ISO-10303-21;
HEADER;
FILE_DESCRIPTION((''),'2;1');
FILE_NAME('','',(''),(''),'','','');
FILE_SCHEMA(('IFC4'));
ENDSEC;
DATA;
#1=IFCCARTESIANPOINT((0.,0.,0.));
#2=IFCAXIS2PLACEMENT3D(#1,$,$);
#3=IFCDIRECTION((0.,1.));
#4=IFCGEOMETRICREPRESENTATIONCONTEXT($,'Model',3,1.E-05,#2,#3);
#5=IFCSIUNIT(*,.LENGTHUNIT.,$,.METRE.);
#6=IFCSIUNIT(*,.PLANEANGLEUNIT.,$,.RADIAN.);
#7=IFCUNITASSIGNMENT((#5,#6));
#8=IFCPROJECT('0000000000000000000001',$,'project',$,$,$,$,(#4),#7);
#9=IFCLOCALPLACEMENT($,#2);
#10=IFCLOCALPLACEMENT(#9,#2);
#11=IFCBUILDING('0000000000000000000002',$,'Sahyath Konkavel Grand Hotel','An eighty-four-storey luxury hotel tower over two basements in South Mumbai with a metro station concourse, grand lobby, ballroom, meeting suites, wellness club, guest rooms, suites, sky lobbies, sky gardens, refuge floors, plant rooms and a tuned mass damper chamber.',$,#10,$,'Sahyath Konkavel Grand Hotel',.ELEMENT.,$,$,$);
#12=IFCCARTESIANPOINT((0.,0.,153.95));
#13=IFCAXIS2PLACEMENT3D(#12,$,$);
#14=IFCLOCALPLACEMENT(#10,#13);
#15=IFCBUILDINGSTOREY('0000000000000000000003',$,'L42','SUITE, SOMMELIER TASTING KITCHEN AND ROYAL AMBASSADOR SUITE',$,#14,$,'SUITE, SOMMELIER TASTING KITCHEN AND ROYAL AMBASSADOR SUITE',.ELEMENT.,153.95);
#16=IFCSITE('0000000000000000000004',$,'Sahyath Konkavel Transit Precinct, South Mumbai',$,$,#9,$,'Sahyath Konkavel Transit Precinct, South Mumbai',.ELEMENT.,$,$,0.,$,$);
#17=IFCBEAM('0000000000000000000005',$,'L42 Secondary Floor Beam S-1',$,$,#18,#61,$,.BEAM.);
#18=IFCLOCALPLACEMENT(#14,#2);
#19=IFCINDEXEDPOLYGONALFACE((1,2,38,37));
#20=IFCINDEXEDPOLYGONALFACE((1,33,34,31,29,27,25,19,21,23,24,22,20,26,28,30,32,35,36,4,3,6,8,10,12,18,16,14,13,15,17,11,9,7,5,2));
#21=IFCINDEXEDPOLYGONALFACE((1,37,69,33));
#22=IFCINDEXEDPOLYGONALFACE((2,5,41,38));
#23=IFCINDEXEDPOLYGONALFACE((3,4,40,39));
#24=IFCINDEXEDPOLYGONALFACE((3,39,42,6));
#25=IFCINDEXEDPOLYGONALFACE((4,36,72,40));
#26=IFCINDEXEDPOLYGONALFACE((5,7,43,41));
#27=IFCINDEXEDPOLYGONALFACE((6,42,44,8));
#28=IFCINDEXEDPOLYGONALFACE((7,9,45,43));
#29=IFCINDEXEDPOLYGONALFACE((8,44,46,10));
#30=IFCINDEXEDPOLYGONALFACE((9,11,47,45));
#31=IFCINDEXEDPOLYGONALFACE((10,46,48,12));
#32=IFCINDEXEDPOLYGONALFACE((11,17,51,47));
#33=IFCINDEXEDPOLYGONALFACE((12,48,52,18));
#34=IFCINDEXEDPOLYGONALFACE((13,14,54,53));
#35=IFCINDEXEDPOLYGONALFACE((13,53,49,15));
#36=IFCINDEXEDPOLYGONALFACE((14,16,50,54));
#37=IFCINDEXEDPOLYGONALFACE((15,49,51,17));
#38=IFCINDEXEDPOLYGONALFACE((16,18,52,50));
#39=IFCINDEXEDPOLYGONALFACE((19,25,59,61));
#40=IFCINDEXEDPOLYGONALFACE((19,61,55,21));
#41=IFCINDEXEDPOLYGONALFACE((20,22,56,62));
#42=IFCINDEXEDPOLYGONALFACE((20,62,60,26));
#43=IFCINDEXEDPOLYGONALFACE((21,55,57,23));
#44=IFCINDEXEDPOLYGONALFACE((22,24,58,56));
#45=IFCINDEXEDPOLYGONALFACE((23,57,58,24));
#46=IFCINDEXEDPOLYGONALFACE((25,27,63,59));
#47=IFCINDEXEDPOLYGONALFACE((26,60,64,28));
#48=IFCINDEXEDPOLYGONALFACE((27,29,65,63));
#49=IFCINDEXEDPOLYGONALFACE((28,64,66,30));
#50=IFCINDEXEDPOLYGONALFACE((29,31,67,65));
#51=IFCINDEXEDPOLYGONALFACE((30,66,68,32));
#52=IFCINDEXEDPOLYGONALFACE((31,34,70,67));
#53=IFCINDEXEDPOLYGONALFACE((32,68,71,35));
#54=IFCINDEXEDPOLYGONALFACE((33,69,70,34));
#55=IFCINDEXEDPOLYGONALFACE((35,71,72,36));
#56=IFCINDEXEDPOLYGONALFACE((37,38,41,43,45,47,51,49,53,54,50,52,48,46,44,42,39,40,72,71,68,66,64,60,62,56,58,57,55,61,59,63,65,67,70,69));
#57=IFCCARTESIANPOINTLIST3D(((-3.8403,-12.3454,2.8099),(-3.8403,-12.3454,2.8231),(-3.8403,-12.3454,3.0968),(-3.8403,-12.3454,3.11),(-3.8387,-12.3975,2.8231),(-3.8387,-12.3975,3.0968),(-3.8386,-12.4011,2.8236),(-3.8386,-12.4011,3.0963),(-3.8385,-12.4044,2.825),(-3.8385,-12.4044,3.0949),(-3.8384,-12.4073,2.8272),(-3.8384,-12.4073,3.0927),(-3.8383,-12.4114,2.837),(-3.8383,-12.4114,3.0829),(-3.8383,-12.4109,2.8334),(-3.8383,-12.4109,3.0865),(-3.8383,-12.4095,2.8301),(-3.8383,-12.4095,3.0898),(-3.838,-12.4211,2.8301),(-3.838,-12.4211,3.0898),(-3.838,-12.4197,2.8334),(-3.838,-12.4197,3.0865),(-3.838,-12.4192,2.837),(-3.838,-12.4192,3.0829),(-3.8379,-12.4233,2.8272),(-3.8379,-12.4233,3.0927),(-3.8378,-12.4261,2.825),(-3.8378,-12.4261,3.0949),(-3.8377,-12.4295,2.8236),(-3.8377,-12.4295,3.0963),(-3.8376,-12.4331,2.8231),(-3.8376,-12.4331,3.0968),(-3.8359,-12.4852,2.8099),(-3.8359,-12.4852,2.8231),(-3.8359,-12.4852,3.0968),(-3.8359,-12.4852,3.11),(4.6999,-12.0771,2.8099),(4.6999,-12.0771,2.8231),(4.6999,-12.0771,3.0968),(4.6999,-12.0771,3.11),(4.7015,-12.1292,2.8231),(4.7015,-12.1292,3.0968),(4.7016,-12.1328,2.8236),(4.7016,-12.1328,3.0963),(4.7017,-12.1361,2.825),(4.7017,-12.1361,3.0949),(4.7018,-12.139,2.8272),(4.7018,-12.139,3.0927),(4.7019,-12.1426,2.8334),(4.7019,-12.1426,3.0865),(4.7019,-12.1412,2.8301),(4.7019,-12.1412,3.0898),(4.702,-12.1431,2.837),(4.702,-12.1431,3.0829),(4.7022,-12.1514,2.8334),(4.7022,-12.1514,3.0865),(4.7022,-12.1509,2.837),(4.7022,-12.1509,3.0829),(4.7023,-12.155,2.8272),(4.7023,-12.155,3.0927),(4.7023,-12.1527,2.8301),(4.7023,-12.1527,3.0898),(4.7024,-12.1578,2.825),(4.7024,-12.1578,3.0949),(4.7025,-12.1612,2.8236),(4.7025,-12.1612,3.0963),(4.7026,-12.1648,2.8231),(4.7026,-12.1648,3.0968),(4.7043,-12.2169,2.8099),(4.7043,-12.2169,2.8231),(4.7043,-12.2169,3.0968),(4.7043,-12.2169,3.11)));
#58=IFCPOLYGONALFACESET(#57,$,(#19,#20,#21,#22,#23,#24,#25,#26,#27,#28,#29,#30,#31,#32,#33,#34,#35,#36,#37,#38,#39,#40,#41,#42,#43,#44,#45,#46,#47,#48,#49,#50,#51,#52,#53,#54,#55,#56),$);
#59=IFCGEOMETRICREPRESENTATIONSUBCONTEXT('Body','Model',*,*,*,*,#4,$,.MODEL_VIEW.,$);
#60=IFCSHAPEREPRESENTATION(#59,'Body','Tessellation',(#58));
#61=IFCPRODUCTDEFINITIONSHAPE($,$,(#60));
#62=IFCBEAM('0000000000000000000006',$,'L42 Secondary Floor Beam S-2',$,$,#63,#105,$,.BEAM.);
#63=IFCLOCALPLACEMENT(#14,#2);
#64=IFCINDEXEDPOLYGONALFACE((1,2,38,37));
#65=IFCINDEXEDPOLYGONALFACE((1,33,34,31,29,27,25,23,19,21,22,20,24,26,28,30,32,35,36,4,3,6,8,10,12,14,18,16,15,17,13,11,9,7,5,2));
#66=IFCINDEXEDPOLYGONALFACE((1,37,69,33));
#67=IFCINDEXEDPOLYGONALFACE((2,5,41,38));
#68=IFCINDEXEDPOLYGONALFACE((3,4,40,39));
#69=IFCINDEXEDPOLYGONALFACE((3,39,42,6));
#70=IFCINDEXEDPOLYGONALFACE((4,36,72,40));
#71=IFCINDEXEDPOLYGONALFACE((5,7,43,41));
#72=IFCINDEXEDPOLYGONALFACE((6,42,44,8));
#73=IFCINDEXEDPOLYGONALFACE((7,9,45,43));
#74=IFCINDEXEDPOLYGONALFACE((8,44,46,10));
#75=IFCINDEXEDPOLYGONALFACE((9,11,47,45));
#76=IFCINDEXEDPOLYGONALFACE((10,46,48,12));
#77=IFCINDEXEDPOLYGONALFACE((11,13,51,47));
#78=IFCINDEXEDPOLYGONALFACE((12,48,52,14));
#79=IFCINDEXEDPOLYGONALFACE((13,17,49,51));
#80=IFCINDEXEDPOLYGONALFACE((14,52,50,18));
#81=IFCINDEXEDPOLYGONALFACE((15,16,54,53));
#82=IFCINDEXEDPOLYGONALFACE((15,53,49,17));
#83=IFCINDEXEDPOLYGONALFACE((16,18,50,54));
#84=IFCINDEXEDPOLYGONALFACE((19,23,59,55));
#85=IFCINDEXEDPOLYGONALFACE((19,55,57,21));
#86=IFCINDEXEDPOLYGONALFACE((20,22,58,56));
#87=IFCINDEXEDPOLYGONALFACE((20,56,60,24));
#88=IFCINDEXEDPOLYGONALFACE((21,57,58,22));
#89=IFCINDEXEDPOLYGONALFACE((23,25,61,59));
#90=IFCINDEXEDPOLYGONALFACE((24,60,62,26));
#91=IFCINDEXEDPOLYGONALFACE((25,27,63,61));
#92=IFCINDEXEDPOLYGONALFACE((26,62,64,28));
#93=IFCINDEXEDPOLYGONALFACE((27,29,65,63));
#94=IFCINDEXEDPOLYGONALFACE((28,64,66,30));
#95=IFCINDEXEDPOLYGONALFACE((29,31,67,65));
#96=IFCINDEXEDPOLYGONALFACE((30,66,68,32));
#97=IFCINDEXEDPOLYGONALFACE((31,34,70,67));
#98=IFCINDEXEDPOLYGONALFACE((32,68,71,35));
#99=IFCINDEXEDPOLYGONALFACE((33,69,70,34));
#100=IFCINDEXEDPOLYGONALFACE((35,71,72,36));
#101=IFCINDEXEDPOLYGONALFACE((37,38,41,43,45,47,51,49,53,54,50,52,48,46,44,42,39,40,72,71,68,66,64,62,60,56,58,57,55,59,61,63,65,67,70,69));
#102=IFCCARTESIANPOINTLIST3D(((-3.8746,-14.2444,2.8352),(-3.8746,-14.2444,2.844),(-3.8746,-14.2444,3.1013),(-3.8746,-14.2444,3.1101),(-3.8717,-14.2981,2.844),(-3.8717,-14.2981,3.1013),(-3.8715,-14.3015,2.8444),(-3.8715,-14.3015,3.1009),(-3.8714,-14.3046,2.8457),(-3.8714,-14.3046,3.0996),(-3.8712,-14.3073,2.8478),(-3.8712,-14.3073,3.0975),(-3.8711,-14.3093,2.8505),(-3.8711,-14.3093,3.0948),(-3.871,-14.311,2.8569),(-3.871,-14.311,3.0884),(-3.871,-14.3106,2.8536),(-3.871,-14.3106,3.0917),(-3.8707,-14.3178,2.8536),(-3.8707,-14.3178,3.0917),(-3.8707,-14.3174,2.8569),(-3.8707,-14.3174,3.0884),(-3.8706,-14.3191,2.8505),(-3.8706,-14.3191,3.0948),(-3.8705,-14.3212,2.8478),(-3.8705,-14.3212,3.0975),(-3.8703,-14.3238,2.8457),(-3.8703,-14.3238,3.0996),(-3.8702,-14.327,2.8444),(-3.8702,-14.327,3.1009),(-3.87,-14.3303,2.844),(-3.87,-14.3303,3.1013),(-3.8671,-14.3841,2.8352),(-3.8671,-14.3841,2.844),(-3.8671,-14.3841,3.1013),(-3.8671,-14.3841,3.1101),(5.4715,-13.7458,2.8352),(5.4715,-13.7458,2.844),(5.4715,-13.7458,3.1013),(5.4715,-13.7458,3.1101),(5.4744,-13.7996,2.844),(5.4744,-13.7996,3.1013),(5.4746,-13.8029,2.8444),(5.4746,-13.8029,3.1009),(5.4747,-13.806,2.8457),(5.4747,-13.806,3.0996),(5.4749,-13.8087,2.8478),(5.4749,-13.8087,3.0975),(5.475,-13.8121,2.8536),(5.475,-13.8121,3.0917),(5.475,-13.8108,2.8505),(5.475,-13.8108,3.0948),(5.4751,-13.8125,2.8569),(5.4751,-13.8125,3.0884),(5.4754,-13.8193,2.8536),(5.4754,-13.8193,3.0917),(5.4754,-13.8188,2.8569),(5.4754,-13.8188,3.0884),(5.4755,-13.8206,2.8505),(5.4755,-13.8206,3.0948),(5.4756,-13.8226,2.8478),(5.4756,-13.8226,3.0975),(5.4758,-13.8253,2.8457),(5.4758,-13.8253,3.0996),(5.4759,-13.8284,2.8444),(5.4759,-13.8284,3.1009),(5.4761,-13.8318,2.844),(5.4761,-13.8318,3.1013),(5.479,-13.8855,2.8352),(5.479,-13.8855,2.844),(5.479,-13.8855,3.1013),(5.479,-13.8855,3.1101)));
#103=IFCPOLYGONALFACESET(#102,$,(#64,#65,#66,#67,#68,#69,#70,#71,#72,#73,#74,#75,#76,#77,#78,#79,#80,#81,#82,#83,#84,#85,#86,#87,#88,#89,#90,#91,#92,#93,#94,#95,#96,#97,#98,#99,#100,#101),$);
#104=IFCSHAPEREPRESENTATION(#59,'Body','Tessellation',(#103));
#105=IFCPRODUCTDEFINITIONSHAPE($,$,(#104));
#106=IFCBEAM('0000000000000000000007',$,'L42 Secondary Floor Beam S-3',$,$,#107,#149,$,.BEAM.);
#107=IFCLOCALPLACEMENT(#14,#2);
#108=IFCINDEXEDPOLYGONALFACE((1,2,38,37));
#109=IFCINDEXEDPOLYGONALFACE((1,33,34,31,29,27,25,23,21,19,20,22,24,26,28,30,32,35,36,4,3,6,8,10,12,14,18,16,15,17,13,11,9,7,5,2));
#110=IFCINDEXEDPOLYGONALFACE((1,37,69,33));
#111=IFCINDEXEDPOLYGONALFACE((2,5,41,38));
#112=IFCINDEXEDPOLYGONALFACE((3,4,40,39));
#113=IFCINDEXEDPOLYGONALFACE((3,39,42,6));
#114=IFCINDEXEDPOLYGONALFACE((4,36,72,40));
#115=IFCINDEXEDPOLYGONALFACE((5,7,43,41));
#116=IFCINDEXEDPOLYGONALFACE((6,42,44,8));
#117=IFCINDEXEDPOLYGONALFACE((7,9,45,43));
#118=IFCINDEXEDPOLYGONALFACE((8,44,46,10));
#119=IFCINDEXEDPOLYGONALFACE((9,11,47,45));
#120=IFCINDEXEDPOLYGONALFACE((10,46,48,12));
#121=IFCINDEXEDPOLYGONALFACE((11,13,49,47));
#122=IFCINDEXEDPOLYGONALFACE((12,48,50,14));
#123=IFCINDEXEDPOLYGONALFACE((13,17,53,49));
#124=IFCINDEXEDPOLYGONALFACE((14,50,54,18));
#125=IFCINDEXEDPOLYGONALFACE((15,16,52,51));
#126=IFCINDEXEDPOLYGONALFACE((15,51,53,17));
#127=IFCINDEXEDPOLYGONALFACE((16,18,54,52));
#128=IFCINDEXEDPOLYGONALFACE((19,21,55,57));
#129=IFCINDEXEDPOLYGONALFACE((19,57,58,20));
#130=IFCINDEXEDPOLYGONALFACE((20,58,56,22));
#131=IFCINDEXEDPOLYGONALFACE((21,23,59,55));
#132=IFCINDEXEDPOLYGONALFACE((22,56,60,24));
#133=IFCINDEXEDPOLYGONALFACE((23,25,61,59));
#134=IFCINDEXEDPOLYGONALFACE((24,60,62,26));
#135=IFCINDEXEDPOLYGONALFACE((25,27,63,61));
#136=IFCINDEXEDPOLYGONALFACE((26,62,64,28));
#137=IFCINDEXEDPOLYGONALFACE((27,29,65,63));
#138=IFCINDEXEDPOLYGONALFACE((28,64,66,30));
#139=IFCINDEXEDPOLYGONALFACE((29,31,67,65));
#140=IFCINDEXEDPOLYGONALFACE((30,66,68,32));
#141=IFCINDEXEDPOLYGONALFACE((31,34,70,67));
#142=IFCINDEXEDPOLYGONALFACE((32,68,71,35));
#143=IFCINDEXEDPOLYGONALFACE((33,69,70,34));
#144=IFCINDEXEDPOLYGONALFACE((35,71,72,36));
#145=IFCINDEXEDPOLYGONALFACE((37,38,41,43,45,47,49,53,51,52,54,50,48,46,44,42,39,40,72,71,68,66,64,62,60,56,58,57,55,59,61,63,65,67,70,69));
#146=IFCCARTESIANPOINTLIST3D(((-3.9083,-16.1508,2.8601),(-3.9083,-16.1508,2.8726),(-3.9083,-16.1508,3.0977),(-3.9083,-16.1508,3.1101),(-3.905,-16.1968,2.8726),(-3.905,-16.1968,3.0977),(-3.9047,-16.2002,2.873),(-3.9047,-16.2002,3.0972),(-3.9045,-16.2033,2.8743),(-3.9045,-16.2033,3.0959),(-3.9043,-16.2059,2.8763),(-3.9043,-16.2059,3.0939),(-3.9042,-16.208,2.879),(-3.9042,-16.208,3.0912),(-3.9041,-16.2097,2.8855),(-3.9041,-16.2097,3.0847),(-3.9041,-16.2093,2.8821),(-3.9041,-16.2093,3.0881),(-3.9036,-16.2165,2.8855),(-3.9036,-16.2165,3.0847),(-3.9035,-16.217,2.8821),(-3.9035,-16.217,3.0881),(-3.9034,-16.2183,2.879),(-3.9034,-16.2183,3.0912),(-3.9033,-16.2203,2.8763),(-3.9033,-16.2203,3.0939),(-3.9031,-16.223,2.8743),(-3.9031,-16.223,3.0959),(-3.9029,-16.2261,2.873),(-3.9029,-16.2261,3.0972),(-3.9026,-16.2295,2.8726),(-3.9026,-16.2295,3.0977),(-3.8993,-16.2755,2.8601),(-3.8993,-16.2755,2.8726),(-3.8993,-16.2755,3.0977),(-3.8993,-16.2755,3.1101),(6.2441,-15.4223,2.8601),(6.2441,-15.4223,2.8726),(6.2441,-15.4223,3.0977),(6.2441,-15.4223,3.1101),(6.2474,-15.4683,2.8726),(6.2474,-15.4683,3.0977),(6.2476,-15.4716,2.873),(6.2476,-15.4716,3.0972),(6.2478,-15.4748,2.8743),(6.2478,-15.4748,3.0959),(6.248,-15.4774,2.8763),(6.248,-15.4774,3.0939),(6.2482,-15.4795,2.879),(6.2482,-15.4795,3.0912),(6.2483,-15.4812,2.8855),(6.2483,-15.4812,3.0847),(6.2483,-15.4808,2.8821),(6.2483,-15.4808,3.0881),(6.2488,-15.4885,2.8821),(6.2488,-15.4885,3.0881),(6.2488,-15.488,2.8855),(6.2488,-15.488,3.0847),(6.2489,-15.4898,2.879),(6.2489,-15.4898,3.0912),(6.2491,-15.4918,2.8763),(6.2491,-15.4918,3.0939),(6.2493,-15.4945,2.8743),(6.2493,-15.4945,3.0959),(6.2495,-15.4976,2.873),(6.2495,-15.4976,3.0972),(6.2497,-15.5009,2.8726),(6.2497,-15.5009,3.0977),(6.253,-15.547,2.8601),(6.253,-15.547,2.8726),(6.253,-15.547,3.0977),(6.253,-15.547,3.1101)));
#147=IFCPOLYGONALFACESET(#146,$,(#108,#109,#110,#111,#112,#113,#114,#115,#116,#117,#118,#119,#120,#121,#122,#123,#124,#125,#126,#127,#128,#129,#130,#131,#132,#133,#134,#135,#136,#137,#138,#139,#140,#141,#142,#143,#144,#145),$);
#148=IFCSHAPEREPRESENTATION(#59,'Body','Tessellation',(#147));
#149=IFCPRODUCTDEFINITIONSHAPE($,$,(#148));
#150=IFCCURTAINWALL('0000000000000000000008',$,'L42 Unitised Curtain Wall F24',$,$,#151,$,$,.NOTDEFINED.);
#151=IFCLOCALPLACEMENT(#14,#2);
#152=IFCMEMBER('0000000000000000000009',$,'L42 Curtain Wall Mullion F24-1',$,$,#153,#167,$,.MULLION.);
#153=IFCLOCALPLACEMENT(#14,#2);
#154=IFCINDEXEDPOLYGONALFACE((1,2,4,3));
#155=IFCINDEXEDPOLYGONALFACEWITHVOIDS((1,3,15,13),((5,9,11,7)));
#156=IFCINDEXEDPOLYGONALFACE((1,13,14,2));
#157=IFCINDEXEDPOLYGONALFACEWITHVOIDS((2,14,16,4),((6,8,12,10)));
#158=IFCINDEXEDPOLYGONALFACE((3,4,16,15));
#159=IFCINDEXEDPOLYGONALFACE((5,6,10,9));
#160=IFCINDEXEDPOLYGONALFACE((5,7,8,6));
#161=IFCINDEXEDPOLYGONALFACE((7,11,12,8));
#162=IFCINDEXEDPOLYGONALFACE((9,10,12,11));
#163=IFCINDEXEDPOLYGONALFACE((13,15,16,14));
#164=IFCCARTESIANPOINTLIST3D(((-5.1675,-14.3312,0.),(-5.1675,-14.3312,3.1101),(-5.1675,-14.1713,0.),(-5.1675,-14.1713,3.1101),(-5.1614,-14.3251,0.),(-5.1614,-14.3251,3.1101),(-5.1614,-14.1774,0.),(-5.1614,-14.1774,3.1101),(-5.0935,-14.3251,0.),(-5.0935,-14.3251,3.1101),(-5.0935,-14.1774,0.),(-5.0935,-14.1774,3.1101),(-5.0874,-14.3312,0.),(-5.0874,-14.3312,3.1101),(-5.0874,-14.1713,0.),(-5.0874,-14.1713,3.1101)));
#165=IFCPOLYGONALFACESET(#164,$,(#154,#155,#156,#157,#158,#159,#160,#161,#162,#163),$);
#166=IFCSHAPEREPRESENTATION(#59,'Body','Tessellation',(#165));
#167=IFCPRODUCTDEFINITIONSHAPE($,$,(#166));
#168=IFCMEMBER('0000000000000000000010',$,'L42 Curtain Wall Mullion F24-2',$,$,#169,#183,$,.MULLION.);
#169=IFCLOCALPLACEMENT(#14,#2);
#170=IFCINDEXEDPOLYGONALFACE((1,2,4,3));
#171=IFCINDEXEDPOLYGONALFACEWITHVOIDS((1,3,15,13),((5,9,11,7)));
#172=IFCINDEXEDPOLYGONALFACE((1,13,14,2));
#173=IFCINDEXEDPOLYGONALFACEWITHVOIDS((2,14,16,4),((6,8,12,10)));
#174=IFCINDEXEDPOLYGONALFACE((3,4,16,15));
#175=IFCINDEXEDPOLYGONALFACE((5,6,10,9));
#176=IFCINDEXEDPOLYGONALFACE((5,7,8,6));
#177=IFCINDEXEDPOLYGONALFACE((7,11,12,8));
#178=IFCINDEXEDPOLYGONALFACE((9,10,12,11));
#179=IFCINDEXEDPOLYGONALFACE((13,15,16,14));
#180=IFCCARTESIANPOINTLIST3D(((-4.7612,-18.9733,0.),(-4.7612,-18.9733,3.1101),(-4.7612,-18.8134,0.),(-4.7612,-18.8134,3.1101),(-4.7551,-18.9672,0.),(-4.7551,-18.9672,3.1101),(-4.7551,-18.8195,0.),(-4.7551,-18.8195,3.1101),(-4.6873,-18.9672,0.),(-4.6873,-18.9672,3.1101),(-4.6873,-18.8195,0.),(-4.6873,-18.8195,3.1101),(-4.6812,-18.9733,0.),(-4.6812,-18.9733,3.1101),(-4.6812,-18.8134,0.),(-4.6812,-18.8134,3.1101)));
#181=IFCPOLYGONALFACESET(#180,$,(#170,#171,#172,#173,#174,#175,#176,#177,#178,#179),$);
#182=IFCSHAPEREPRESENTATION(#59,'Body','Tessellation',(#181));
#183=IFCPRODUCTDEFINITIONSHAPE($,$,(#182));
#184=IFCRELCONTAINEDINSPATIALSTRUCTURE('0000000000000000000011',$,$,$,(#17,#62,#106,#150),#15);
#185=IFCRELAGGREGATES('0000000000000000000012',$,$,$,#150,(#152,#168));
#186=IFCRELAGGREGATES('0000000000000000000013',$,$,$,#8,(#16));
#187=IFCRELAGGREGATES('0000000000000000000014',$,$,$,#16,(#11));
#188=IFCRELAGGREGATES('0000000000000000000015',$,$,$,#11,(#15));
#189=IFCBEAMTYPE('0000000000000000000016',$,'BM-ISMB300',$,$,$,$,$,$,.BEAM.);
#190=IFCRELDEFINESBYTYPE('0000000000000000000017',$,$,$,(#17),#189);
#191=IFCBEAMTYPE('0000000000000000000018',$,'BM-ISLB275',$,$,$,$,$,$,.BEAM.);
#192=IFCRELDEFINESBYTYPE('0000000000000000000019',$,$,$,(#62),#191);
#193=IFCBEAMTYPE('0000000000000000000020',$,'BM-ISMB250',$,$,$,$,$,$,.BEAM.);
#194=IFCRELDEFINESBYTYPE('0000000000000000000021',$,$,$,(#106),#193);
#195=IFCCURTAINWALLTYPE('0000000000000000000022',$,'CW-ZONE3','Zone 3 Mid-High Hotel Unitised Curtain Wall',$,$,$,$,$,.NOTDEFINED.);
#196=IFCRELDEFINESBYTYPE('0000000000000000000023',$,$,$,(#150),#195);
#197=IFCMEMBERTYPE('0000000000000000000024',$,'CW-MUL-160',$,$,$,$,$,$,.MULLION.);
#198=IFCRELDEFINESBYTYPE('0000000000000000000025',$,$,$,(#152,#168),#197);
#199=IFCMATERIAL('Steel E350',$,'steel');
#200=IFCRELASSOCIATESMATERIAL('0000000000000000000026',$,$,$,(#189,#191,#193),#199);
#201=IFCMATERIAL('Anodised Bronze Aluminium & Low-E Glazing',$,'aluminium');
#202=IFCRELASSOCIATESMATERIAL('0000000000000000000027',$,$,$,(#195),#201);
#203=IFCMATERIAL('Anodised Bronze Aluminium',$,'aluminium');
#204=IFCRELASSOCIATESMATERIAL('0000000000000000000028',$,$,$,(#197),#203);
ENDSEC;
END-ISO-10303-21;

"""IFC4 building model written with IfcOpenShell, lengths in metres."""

from ifc_helpers import new_model, si_unit, direction, frame, origin, origin_2d, place, context, subcontext, project, spatial, hollow_rectangle, i_section, extrude, source, transform, mapped, material, material_profile, profile_set, type_object, element, aggregate, save


model = new_model("IFC4")

# Units and contexts
model_context = context("Model", 3, precision=1e-05, world=origin(), true_north=direction((0.0, 1.0)))
body_context = subcontext(model_context, "Body", "Model", "MODEL_VIEW")
ifc_project = project(units=[si_unit("LENGTHUNIT", "METRE"), si_unit("PLANEANGLEUNIT", "RADIAN")], contexts=[model_context])

# Site, building, storey
site_placement = place(None, origin())
site = spatial("IfcSite", under=ifc_project, at=site_placement, Name="Sahyath Konkavel Transit Precinct, South Mumbai", LongName="Sahyath Konkavel Transit Precinct, South Mumbai", CompositionType="ELEMENT", RefElevation=0.0)
building_placement = place(site_placement, origin())
building = spatial("IfcBuilding", under=site, at=building_placement, Name="Sahyath Konkavel Grand Hotel", Description="An eighty-four-storey luxury hotel tower over two basements in South Mumbai with a metro station concourse, grand lobby, ballroom, meeting suites, wellness club, guest rooms, suites, sky lobbies, sky gardens, refuge floors, plant rooms and a tuned mass damper chamber.", LongName="Sahyath Konkavel Grand Hotel", CompositionType="ELEMENT")
storey_placement = place(building_placement, frame((0.0, 0.0, 153.95)))
storey = spatial("IfcBuildingStorey", under=building, at=storey_placement, Name="L42", Description="SUITE, SOMMELIER TASTING KITCHEN AND ROYAL AMBASSADOR SUITE", LongName="SUITE, SOMMELIER TASTING KITCHEN AND ROYAL AMBASSADOR SUITE", CompositionType="ELEMENT", Elevation=153.95)

# Beams
ifc_material_1 = material(Name="Steel E350", Category="steel")
ifc_material_profile_1 = material_profile(ifc_material_1, i_section(OverallWidth=0.1399, OverallDepth=0.3, WebThickness=0.0078, FlangeThickness=0.0132, FilletRadius=0.0139, at=origin_2d()), Name="ISMB 300")
ifc_profile_set_1 = profile_set([ifc_material_profile_1], Name="Steel E350")
beam_type_1 = type_object("IfcBeamType", Name="BM-ISMB300", PredefinedType="BEAM", material=ifc_profile_set_1)
shared_shape_1 = source(origin(), body_context, "Body", "SweptSolid", [
    extrude(i_section(OverallWidth=0.1399, OverallDepth=0.3, WebThickness=0.0078, FlangeThickness=0.0132, FilletRadius=0.0139, at=origin_2d()), origin(), (0.0, 0.0, 1.0), 8.5444),
])
beam_1_placement = place(storey_placement, frame((-3.8381, -12.4153, 2.96), z_axis=(0.999507, 0.031402, 0.0), x_axis=(-0.031402, 0.999507, 0.0)))
element("IfcBeam", 1, at=beam_1_placement, inside=storey, type_object=beam_type_1, Name="L42 Secondary Floor Beam S-1", PredefinedType="BEAM", context=body_context, shape_type="MappedRepresentation", body=[
    mapped(shared_shape_1, transform((0.0, 0.0, 0.0), scale=1.0)),
])
ifc_material_profile_2 = material_profile(ifc_material_1, i_section(OverallWidth=0.1399, OverallDepth=0.2749, WebThickness=0.0063, FlangeThickness=0.0088, FilletRadius=0.0129, at=origin_2d()), Name="ISLB 275")
ifc_profile_set_2 = profile_set([ifc_material_profile_2], Name="Steel E350")
beam_type_2 = type_object("IfcBeamType", Name="BM-ISLB275", PredefinedType="BEAM", material=ifc_profile_set_2)
shared_shape_2 = source(origin(), body_context, "Body", "SweptSolid", [
    extrude(i_section(OverallWidth=0.1399, OverallDepth=0.2749, WebThickness=0.0063, FlangeThickness=0.0088, FilletRadius=0.0129, at=origin_2d()), origin(), (0.0, 0.0, 1.0), 9.3594),
])
beam_2_placement = place(storey_placement, frame((-3.8708, -14.3142, 2.9727), z_axis=(0.99858, 0.053265, 0.0), x_axis=(-0.053265, 0.99858, 0.0)))
element("IfcBeam", 2, at=beam_2_placement, inside=storey, type_object=beam_type_2, Name="L42 Secondary Floor Beam S-2", PredefinedType="BEAM", context=body_context, shape_type="MappedRepresentation", body=[
    mapped(shared_shape_2, transform((0.0, 0.0, 0.0), scale=1.0)),
])
ifc_material_profile_3 = material_profile(ifc_material_1, i_section(OverallWidth=0.125, OverallDepth=0.25, WebThickness=0.0068, FlangeThickness=0.0125, FilletRadius=0.0129, at=origin_2d()), Name="ISMB 250")
ifc_profile_set_3 = profile_set([ifc_material_profile_3], Name="Steel E350")
beam_type_3 = type_object("IfcBeamType", Name="BM-ISMB250", PredefinedType="BEAM", material=ifc_profile_set_3)
shared_shape_3 = source(origin(), body_context, "Body", "SweptSolid", [
    extrude(i_section(OverallWidth=0.125, OverallDepth=0.25, WebThickness=0.0068, FlangeThickness=0.0125, FilletRadius=0.0129, at=origin_2d()), origin(), (0.0, 0.0, 1.0), 10.1785),
])
beam_3_placement = place(storey_placement, frame((-3.9038, -16.2131, 2.9851), z_axis=(0.997435, 0.071574, 0.0), x_axis=(-0.071574, 0.997435, 0.0)))
element("IfcBeam", 3, at=beam_3_placement, inside=storey, type_object=beam_type_3, Name="L42 Secondary Floor Beam S-3", PredefinedType="BEAM", context=body_context, shape_type="MappedRepresentation", body=[
    mapped(shared_shape_3, transform((0.0, 0.0, 0.0), scale=1.0)),
])

# Curtain wall, members
ifc_material_2 = material(Name="Anodised Bronze Aluminium & Low-E Glazing", Category="aluminium")
curtain_wall_type = type_object("IfcCurtainWallType", Name="CW-ZONE3", Description="Zone 3 Mid-High Hotel Unitised Curtain Wall", PredefinedType="NOTDEFINED", material=ifc_material_2)
curtain_wall_1_placement = place(storey_placement, origin())
curtain_wall_1 = element("IfcCurtainWall", 4, at=curtain_wall_1_placement, inside=storey, type_object=curtain_wall_type, Name="L42 Unitised Curtain Wall F24", PredefinedType="NOTDEFINED")
ifc_material_3 = material(Name="Anodised Bronze Aluminium", Category="aluminium")
ifc_material_profile_4 = material_profile(ifc_material_3, hollow_rectangle(XDim=0.0801, YDim=0.1599, WallThickness=0.0061, at=origin_2d()), Name="RHS 160x80x6")
ifc_profile_set_4 = profile_set([ifc_material_profile_4], Name="Anodised Bronze Aluminium")
member_type_1 = type_object("IfcMemberType", Name="CW-MUL-160", PredefinedType="MULLION", material=ifc_profile_set_4)
shared_shape_4 = source(origin(), body_context, "Body", "SweptSolid", [
    extrude(hollow_rectangle(XDim=0.0801, YDim=0.1599, WallThickness=0.0061, at=origin_2d()), origin(), (0.0, 0.0, 1.0), 3.1101),
])
member_1_placement = place(storey_placement, frame((-5.1274, -14.2512, 0.0), z_axis=(0.0, 0.0, 1.0), x_axis=(1.0, 0.0, 0.0)))
member_1 = element("IfcMember", 5, at=member_1_placement, type_object=member_type_1, Name="L42 Curtain Wall Mullion F24-1", PredefinedType="MULLION", context=body_context, shape_type="MappedRepresentation", body=[
    mapped(shared_shape_4, transform((0.0, 0.0, 0.0), scale=1.0)),
])
member_2_placement = place(storey_placement, frame((-4.7212, -18.8933, 0.0), z_axis=(0.0, 0.0, 1.0), x_axis=(1.0, 0.0, 0.0)))
member_2 = element("IfcMember", 6, at=member_2_placement, type_object=member_type_1, Name="L42 Curtain Wall Mullion F24-2", PredefinedType="MULLION", context=body_context, shape_type="MappedRepresentation", body=[
    mapped(shared_shape_4, transform((0.0, 0.0, 0.0), scale=1.0)),
])

aggregate(curtain_wall_1, [member_1, member_2])

save(model, "model.ifc")
